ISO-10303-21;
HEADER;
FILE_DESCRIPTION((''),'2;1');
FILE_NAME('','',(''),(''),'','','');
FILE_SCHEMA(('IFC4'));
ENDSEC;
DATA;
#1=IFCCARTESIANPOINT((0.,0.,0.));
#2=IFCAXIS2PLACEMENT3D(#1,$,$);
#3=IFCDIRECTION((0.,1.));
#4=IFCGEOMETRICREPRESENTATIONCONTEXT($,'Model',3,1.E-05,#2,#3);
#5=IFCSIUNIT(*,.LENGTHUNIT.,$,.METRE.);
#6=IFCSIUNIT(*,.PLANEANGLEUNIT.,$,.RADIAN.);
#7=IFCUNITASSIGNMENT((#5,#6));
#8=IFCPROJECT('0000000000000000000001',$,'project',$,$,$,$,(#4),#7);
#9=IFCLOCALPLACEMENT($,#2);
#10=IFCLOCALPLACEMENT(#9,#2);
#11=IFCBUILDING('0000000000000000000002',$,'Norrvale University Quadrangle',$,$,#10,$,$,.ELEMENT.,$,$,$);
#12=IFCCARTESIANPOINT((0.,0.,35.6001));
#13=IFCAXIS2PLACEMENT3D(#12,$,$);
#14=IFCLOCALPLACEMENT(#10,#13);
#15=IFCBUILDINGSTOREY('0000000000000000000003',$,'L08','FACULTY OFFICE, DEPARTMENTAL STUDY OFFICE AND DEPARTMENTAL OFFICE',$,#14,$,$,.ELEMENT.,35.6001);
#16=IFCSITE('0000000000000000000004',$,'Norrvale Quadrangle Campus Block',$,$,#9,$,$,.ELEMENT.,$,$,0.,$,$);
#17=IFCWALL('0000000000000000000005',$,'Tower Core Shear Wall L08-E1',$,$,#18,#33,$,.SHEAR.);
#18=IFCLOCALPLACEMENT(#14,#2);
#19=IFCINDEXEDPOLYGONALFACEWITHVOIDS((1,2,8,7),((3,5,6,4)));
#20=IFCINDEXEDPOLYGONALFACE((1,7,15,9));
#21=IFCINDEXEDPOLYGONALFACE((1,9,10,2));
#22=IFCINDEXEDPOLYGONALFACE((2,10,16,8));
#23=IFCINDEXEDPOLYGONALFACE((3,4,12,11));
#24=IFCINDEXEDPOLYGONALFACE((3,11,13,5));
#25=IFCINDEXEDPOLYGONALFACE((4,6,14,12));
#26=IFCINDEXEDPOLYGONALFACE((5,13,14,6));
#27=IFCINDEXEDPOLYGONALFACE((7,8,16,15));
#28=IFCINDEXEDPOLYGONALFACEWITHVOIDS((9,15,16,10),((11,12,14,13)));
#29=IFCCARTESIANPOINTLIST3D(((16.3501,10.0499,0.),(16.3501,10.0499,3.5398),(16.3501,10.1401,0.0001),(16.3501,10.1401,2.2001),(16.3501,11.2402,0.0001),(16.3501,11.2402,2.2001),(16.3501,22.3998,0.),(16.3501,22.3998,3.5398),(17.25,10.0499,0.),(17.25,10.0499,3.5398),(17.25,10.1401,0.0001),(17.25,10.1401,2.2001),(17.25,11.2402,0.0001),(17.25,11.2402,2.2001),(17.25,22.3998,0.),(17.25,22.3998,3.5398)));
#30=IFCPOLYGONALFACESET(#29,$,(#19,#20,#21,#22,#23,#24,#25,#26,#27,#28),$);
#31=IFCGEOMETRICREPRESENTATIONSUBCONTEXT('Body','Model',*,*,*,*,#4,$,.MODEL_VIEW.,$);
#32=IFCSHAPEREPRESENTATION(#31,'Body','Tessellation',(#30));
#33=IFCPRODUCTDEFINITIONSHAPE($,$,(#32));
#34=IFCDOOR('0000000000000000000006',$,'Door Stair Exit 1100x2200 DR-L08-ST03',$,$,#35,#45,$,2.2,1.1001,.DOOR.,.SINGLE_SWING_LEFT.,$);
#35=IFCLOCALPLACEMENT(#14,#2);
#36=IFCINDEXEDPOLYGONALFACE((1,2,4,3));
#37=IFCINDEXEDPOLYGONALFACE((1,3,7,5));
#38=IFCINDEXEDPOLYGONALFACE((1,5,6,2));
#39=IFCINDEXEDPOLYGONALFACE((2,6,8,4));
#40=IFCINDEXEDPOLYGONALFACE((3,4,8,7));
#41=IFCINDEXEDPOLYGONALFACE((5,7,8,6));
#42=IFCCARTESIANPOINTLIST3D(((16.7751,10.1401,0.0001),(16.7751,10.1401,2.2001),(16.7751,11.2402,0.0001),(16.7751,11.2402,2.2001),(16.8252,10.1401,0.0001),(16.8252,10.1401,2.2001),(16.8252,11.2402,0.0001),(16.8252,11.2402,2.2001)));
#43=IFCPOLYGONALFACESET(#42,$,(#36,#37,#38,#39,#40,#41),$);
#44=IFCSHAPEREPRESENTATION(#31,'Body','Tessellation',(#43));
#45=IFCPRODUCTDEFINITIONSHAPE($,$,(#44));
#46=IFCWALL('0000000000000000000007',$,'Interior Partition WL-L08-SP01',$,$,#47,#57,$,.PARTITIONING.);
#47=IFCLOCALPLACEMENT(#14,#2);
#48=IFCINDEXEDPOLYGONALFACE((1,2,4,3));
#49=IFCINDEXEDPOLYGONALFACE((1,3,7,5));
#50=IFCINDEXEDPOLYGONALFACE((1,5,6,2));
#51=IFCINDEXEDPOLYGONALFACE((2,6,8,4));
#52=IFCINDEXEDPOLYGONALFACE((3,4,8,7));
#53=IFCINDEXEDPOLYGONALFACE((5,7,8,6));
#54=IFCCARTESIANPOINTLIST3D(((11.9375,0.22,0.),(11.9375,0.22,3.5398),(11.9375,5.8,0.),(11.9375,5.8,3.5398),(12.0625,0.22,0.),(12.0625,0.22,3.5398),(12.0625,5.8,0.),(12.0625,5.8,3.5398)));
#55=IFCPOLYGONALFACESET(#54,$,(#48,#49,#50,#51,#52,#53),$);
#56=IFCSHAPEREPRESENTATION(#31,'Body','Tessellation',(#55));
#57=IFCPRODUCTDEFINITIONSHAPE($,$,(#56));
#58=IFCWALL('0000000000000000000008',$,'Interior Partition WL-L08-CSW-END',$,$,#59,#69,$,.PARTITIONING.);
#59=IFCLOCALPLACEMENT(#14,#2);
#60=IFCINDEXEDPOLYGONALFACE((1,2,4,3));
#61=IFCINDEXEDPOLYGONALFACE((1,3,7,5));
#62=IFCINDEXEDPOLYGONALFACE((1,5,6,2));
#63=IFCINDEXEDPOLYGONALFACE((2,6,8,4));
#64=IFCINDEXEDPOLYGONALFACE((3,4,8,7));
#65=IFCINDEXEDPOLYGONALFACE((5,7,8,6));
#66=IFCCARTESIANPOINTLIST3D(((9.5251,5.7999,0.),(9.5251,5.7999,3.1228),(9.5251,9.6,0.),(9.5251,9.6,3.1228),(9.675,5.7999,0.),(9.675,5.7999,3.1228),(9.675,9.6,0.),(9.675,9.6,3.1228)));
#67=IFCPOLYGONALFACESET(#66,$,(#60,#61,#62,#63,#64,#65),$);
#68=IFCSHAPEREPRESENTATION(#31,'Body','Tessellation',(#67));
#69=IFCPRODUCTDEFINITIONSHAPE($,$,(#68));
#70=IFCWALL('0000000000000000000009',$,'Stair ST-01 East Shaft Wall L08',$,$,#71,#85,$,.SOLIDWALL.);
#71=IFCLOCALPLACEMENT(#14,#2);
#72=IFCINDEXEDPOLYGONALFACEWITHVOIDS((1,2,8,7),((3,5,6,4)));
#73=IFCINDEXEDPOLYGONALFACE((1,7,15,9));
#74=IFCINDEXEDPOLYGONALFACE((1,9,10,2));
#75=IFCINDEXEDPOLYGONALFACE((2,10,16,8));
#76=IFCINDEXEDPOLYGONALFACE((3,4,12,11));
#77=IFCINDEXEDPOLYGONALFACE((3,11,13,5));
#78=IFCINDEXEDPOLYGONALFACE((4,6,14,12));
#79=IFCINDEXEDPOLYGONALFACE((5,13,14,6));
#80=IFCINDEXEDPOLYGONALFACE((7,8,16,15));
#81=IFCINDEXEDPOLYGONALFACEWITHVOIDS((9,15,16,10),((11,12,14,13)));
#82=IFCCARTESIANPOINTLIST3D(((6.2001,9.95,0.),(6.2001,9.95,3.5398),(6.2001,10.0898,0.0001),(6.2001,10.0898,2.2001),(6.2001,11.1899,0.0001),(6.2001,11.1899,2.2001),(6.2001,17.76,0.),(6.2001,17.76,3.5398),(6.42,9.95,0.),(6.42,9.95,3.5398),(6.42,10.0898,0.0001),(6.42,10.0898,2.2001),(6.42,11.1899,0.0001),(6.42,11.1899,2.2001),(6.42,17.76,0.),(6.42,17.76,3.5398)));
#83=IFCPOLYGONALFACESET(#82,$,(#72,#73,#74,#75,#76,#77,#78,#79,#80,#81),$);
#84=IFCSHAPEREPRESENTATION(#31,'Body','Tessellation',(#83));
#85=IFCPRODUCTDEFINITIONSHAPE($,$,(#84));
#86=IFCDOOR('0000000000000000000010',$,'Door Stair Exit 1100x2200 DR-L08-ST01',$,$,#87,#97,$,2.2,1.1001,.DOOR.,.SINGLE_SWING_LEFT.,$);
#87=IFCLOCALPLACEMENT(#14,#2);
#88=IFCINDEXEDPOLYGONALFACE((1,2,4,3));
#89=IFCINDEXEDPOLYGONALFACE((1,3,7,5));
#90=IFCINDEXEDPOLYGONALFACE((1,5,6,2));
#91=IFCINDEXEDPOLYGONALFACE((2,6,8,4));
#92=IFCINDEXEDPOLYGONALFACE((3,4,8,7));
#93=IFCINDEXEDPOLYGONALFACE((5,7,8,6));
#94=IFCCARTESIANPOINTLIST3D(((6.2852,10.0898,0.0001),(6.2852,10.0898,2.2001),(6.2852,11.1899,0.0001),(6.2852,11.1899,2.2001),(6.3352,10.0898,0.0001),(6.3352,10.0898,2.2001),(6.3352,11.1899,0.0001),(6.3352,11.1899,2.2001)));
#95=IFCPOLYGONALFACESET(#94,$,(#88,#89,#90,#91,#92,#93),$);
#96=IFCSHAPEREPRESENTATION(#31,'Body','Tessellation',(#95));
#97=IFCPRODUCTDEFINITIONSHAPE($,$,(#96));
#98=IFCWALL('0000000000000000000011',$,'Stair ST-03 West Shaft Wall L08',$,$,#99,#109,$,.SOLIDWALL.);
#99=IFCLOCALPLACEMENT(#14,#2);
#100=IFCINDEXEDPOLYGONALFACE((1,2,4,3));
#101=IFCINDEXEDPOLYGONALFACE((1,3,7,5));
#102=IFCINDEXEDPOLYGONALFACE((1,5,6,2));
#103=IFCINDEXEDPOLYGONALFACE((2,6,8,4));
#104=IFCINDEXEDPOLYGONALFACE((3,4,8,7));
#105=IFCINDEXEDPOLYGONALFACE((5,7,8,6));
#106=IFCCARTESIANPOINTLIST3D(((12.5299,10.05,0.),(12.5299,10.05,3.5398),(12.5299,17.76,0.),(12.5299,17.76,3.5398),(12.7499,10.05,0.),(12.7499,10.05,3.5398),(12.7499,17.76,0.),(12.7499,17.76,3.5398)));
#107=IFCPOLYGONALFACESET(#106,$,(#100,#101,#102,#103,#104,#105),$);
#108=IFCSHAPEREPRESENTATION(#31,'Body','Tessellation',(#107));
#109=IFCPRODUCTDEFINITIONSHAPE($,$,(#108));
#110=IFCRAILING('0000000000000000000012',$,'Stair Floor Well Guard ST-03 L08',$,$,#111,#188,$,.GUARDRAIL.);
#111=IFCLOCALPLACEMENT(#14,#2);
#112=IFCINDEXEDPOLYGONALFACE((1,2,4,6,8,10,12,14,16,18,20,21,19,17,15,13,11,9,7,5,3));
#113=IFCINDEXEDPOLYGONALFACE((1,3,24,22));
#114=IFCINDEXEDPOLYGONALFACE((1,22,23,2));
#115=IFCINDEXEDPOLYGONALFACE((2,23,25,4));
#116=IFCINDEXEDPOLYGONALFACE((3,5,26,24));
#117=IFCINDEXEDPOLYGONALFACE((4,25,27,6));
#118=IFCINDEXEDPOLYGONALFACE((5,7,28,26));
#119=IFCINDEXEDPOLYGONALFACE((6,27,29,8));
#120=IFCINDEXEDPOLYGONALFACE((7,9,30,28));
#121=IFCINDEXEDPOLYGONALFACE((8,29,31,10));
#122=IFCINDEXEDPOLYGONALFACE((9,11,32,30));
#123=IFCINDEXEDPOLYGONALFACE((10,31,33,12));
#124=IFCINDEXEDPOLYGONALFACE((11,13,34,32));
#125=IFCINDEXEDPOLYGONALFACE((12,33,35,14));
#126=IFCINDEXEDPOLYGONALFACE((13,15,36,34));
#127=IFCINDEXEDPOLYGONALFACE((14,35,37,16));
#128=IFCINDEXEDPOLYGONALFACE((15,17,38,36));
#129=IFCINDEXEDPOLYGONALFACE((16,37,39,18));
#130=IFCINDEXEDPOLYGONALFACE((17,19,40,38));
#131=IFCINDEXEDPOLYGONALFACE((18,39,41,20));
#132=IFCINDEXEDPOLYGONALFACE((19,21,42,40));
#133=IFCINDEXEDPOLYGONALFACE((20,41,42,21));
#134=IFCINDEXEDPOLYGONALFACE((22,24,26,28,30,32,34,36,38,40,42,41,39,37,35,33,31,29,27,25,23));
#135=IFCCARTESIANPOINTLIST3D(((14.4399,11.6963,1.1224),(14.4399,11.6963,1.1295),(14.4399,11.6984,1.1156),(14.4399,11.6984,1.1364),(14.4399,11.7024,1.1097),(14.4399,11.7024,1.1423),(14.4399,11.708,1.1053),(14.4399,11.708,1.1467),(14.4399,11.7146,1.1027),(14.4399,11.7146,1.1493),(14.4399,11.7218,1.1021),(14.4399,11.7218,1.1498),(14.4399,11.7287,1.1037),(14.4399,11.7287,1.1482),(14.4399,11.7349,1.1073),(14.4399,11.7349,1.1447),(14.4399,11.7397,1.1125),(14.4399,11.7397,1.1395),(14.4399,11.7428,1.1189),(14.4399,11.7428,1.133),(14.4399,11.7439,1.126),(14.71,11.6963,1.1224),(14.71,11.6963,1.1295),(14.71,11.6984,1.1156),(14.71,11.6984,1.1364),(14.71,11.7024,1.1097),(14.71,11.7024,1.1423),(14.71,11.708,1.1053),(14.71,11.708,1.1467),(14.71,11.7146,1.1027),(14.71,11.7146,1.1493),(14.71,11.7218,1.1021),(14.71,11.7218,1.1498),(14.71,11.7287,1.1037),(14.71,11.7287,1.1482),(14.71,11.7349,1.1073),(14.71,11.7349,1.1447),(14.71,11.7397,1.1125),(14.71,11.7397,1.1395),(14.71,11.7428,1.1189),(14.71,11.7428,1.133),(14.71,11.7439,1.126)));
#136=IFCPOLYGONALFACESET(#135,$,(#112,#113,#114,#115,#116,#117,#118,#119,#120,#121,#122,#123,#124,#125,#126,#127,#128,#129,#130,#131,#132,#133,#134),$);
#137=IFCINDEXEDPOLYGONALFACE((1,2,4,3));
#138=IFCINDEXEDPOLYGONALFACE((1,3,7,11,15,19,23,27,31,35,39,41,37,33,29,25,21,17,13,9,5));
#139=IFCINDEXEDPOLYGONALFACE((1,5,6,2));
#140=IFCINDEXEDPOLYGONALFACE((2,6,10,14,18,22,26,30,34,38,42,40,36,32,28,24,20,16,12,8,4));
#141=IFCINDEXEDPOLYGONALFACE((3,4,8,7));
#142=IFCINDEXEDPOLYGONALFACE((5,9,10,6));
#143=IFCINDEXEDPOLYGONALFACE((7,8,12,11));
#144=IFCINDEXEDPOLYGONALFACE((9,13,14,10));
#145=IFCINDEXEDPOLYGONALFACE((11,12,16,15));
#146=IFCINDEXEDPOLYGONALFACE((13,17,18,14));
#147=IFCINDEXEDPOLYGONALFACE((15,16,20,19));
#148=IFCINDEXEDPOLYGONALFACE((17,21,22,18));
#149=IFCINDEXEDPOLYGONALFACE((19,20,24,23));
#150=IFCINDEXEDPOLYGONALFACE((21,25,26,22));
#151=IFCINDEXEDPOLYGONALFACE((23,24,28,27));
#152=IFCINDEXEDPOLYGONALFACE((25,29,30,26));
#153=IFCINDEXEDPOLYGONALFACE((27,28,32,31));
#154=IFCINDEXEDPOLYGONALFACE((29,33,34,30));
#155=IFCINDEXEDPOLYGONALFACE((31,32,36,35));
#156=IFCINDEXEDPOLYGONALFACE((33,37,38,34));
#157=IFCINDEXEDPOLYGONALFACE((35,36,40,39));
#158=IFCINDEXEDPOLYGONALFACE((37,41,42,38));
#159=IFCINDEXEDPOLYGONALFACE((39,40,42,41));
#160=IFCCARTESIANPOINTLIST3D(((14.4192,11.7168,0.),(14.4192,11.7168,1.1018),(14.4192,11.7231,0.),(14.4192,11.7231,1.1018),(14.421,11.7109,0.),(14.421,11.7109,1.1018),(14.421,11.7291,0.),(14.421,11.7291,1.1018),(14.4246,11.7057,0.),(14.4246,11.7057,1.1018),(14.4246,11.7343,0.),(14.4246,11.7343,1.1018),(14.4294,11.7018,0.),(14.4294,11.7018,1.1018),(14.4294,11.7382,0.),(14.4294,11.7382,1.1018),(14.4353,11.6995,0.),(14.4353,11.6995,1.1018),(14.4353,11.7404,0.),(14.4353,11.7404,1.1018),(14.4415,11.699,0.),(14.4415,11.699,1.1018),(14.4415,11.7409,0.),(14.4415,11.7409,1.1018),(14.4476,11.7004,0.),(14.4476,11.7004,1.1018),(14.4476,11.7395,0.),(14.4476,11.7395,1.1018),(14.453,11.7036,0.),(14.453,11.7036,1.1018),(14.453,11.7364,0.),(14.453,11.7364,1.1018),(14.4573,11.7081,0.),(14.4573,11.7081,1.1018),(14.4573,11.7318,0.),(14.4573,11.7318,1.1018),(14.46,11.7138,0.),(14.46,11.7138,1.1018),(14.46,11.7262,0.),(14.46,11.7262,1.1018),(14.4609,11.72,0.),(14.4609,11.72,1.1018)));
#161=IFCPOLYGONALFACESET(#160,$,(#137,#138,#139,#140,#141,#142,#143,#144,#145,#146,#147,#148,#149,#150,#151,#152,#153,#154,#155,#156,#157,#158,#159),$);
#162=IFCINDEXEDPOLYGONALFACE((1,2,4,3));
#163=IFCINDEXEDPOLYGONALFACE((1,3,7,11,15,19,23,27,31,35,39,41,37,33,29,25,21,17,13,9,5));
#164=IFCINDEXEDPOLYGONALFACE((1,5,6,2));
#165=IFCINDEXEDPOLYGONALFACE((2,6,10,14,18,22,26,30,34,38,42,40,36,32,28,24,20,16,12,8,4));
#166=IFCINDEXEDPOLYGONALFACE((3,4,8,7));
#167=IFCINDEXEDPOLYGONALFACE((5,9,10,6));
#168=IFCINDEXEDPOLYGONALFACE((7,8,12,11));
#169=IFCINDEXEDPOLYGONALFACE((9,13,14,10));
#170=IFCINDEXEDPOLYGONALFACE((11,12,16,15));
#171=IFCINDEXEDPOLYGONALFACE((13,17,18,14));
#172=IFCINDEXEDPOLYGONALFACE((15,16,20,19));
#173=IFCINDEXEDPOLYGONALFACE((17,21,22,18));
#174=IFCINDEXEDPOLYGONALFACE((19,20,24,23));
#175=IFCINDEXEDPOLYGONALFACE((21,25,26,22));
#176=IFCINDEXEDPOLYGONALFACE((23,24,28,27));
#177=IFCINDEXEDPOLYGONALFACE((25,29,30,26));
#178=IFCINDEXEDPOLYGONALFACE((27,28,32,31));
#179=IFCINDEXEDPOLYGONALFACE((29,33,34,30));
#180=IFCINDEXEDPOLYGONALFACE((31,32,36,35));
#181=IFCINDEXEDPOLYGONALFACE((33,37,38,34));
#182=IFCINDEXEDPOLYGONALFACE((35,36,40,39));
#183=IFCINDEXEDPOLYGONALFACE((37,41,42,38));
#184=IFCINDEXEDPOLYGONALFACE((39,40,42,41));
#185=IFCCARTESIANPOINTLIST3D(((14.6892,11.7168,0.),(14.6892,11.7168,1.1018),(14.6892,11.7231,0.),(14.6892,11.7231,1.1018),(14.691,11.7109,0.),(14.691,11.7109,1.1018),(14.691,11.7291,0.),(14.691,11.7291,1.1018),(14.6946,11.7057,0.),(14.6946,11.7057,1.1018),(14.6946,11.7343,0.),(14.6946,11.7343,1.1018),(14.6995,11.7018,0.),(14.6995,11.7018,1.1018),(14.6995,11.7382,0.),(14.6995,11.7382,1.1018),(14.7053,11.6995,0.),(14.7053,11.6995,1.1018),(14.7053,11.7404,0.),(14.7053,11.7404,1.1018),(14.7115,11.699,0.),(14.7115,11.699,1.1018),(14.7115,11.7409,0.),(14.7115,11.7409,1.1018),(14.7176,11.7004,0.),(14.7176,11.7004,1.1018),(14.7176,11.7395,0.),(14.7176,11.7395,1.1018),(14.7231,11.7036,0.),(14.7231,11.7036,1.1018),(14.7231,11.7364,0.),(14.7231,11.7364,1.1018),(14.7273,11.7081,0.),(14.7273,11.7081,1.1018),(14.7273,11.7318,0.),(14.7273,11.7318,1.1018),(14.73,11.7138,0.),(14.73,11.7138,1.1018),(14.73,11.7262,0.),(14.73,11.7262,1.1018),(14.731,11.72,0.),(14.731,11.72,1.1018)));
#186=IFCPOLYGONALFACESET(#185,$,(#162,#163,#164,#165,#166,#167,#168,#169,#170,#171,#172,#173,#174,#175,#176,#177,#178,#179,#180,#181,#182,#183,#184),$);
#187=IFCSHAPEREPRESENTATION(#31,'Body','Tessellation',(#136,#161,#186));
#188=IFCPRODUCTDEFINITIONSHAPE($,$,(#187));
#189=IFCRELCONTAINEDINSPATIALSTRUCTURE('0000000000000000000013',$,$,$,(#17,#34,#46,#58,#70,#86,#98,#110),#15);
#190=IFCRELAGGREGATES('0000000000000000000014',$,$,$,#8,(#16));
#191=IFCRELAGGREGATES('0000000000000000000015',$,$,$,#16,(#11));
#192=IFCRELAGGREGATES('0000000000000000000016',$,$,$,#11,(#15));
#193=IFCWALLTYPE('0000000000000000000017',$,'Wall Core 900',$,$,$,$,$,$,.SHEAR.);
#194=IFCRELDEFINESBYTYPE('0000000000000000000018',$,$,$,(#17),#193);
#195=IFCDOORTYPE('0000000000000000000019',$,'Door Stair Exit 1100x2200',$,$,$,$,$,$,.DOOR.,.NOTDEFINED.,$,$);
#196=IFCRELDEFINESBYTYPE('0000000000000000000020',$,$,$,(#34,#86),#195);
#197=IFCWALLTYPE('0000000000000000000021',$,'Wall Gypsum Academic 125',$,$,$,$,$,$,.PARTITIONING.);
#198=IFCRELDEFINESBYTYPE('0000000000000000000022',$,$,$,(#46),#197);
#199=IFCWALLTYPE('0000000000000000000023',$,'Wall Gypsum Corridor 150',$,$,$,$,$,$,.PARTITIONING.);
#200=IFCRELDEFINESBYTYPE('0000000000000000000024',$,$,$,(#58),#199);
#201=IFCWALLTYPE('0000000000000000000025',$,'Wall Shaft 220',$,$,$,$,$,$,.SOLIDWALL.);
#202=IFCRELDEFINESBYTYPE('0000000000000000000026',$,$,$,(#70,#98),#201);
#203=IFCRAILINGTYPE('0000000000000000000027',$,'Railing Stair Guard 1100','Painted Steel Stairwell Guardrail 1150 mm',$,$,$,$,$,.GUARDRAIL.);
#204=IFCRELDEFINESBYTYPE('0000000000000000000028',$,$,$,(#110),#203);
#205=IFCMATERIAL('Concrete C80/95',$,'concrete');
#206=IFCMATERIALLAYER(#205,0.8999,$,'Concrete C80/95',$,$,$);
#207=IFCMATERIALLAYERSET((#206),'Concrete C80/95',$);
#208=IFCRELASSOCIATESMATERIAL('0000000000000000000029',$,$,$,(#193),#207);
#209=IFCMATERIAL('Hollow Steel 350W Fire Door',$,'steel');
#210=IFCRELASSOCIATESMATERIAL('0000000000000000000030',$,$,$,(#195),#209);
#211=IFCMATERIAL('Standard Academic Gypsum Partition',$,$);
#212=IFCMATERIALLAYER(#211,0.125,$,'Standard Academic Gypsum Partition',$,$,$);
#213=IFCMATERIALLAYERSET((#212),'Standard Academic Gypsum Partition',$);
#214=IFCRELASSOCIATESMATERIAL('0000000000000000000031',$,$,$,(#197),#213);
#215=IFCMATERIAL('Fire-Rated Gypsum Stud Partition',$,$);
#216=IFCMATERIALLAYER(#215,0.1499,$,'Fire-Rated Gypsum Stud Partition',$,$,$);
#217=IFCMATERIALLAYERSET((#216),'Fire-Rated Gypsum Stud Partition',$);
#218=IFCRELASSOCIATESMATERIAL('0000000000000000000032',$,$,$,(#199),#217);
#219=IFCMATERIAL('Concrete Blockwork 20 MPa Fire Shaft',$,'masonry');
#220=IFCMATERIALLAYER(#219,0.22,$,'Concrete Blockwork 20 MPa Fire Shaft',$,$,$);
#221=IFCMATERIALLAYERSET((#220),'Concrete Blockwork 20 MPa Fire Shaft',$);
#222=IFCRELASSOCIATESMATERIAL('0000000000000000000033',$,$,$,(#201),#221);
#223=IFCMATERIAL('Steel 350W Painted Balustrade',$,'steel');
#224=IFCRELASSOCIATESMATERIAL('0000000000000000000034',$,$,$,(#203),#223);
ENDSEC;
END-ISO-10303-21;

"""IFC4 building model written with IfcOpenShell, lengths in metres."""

from ifc_helpers import new_model, si_unit, direction, frame, frame_2d, origin, origin_2d, place, context, subcontext, project, spatial, rectangle, circle, extrude, material, layer, layer_set, type_object, element, fill, save


model = new_model("IFC4")

# Units and contexts
model_context = context("Model", 3, precision=1e-05, world=origin(), true_north=direction((0.0, 1.0)))
body_context = subcontext(model_context, "Body", "Model", "MODEL_VIEW")
ifc_project = project(units=[si_unit("LENGTHUNIT", "METRE"), si_unit("PLANEANGLEUNIT", "RADIAN")], contexts=[model_context])

# Site, building, storey
site_placement = place(None, origin())
site = spatial("IfcSite", under=ifc_project, at=site_placement, Name="Norrvale Quadrangle Campus Block", CompositionType="ELEMENT", RefElevation=0.0)
building_placement = place(site_placement, origin())
building = spatial("IfcBuilding", under=site, at=building_placement, Name="Norrvale University Quadrangle", CompositionType="ELEMENT")
storey_placement = place(building_placement, frame((0.0, 0.0, 35.6001)))
storey = spatial("IfcBuildingStorey", under=building, at=storey_placement, Name="L08", Description="FACULTY OFFICE, DEPARTMENTAL STUDY OFFICE AND DEPARTMENTAL OFFICE", CompositionType="ELEMENT", Elevation=35.6001)

# Shared definitions
ifc_material_1 = material(Name="Concrete C80/95", Category="concrete")

# Wall, opening, door
ifc_layer_1 = layer(ifc_material_1, 0.8999, Name="Concrete C80/95")
ifc_layer_set_1 = layer_set([ifc_layer_1], Name="Concrete C80/95")
wall_type_1 = type_object("IfcWallType", Name="Wall Core 900", PredefinedType="SHEAR", material=ifc_layer_set_1)
wall_1_placement = place(storey_placement, frame((16.8, 10.05, 0.0), z_axis=(0.0, 0.0, 1.0), x_axis=(0.0, 1.0, 0.0)))
wall_1 = element("IfcWall", 1, at=wall_1_placement, inside=storey, type_object=wall_type_1, Name="Tower Core Shear Wall L08-E1", PredefinedType="SHEAR", context=body_context, shape_type="SweptSolid", body=[
    extrude(rectangle(XDim=12.3499, YDim=0.8999, at=frame_2d((6.1748, 0.0))), origin(), (0.0, 0.0, 1.0), 3.5398),
])
opening_1_placement = place(wall_1_placement, frame((0.0901, 0.0, 0.0)))
opening_1 = element("IfcOpeningElement", 2, at=opening_1_placement, cuts=wall_1, PredefinedType="OPENING", context=body_context, shape_type="SweptSolid", body=[
    extrude(rectangle(XDim=1.1001, YDim=2.2, at=frame_2d((0.55, 1.1001))), frame((0.0, 0.4619, 0.0), z_axis=(0.0, -1.0, 0.0), x_axis=(1.0, 0.0, 0.0)), (0.0, 0.0, 1.0), 0.9238),
])
ifc_material_2 = material(Name="Hollow Steel 350W Fire Door", Category="steel")
door_type = type_object("IfcDoorType", Name="Door Stair Exit 1100x2200", OperationType="NOTDEFINED", PredefinedType="DOOR", material=ifc_material_2)
door_1_placement = place(opening_1_placement, origin())
door_1 = element("IfcDoor", 3, at=door_1_placement, inside=storey, type_object=door_type, Name="Door Stair Exit 1100x2200 DR-L08-ST03", OperationType="SINGLE_SWING_LEFT", OverallHeight=2.2, OverallWidth=1.1001, PredefinedType="DOOR", context=body_context, shape_type="SweptSolid", body=[
    extrude(rectangle(XDim=1.1001, YDim=2.2, at=frame_2d((0.55, 1.1001))), frame((0.0, 0.0249, 0.0), z_axis=(0.0, -1.0, 0.0), x_axis=(1.0, 0.0, 0.0)), (0.0, 0.0, 1.0), 0.05),
])
fill(opening_1, door_1)

# Walls
ifc_material_3 = material(Name="Standard Academic Gypsum Partition")
ifc_layer_2 = layer(ifc_material_3, 0.125, Name="Standard Academic Gypsum Partition")
ifc_layer_set_2 = layer_set([ifc_layer_2], Name="Standard Academic Gypsum Partition")
wall_type_2 = type_object("IfcWallType", Name="Wall Gypsum Academic 125", PredefinedType="PARTITIONING", material=ifc_layer_set_2)
wall_2_placement = place(storey_placement, frame((12.0, 0.22, 0.0), z_axis=(0.0, 0.0, 1.0), x_axis=(0.0, 1.0, 0.0)))
element("IfcWall", 4, at=wall_2_placement, inside=storey, type_object=wall_type_2, Name="Interior Partition WL-L08-SP01", PredefinedType="PARTITIONING", context=body_context, shape_type="SweptSolid", body=[
    extrude(rectangle(XDim=5.5801, YDim=0.125, at=frame_2d((2.79, 0.0))), origin(), (0.0, 0.0, 1.0), 3.5398),
])
ifc_material_4 = material(Name="Fire-Rated Gypsum Stud Partition")
ifc_layer_3 = layer(ifc_material_4, 0.1499, Name="Fire-Rated Gypsum Stud Partition")
ifc_layer_set_3 = layer_set([ifc_layer_3], Name="Fire-Rated Gypsum Stud Partition")
wall_type_3 = type_object("IfcWallType", Name="Wall Gypsum Corridor 150", PredefinedType="PARTITIONING", material=ifc_layer_set_3)
wall_3_placement = place(storey_placement, frame((9.6001, 5.8, 0.0), z_axis=(0.0, 0.0, 1.0), x_axis=(0.0, 1.0, 0.0)))
element("IfcWall", 5, at=wall_3_placement, inside=storey, type_object=wall_type_3, Name="Interior Partition WL-L08-CSW-END", PredefinedType="PARTITIONING", context=body_context, shape_type="SweptSolid", body=[
    extrude(rectangle(XDim=3.8, YDim=0.1499, at=frame_2d((1.8999, 0.0))), origin(), (0.0, 0.0, 1.0), 3.1228),
])

# Wall, opening, door
ifc_material_5 = material(Name="Concrete Blockwork 20 MPa Fire Shaft", Category="masonry")
ifc_layer_4 = layer(ifc_material_5, 0.22, Name="Concrete Blockwork 20 MPa Fire Shaft")
ifc_layer_set_4 = layer_set([ifc_layer_4], Name="Concrete Blockwork 20 MPa Fire Shaft")
wall_type_4 = type_object("IfcWallType", Name="Wall Shaft 220", PredefinedType="SOLIDWALL", material=ifc_layer_set_4)
wall_4_placement = place(storey_placement, frame((6.3101, 9.95, 0.0), z_axis=(0.0, 0.0, 1.0), x_axis=(0.0, 1.0, 0.0)))
wall_4 = element("IfcWall", 6, at=wall_4_placement, inside=storey, type_object=wall_type_4, Name="Stair ST-01 East Shaft Wall L08", PredefinedType="SOLIDWALL", context=body_context, shape_type="SweptSolid", body=[
    extrude(rectangle(XDim=7.8101, YDim=0.22, at=frame_2d((3.905, 0.0))), origin(), (0.0, 0.0, 1.0), 3.5398),
])
opening_2_placement = place(wall_4_placement, frame((0.1399, 0.0, 0.0)))
opening_2 = element("IfcOpeningElement", 7, at=opening_2_placement, cuts=wall_4, PredefinedType="OPENING", context=body_context, shape_type="SweptSolid", body=[
    extrude(rectangle(XDim=1.1001, YDim=2.2, at=frame_2d((0.55, 1.1001))), frame((0.0, 0.1221, 0.0), z_axis=(0.0, -1.0, 0.0), x_axis=(1.0, 0.0, 0.0)), (0.0, 0.0, 1.0), 0.2439),
])
door_2_placement = place(opening_2_placement, origin())
door_2 = element("IfcDoor", 8, at=door_2_placement, inside=storey, type_object=door_type, Name="Door Stair Exit 1100x2200 DR-L08-ST01", OperationType="SINGLE_SWING_LEFT", OverallHeight=2.2, OverallWidth=1.1001, PredefinedType="DOOR", context=body_context, shape_type="SweptSolid", body=[
    extrude(rectangle(XDim=1.1001, YDim=2.2, at=frame_2d((0.55, 1.1001))), frame((0.0, 0.0249, 0.0), z_axis=(0.0, -1.0, 0.0), x_axis=(1.0, 0.0, 0.0)), (0.0, 0.0, 1.0), 0.05),
])
fill(opening_2, door_2)

# Wall
wall_5_placement = place(storey_placement, frame((12.6399, 10.05, 0.0), z_axis=(0.0, 0.0, 1.0), x_axis=(0.0, 1.0, 0.0)))
element("IfcWall", 9, at=wall_5_placement, inside=storey, type_object=wall_type_4, Name="Stair ST-03 West Shaft Wall L08", PredefinedType="SOLIDWALL", context=body_context, shape_type="SweptSolid", body=[
    extrude(rectangle(XDim=7.71, YDim=0.22, at=frame_2d((3.855, 0.0))), origin(), (0.0, 0.0, 1.0), 3.5398),
])

# Railing
ifc_material_6 = material(Name="Steel 350W Painted Balustrade", Category="steel")
railing_type = type_object("IfcRailingType", Name="Railing Stair Guard 1100", Description="Painted Steel Stairwell Guardrail 1150 mm", PredefinedType="GUARDRAIL", material=ifc_material_6)
railing_placement = place(storey_placement, frame((14.4399, 11.72, 0.0)))
element("IfcRailing", 10, at=railing_placement, inside=storey, type_object=railing_type, Name="Stair Floor Well Guard ST-03 L08", PredefinedType="GUARDRAIL", context=body_context, shape_type="SweptSolid", body=[
    extrude(circle(Radius=0.0239, at=origin_2d()), frame((0.0, 0.0, 1.126), z_axis=(1.0, 0.0, 0.0), x_axis=(0.0, 1.0, 0.0)), (0.0, 0.0, 1.0), 0.27),
    extrude(circle(Radius=0.021, at=origin_2d()), origin(), (0.0, 0.0, 1.0), 1.1018),
    extrude(circle(Radius=0.021, at=origin_2d()), frame((0.27, 0.0, 0.0)), (0.0, 0.0, 1.0), 1.1018),
])

save(model, "model.ifc")
